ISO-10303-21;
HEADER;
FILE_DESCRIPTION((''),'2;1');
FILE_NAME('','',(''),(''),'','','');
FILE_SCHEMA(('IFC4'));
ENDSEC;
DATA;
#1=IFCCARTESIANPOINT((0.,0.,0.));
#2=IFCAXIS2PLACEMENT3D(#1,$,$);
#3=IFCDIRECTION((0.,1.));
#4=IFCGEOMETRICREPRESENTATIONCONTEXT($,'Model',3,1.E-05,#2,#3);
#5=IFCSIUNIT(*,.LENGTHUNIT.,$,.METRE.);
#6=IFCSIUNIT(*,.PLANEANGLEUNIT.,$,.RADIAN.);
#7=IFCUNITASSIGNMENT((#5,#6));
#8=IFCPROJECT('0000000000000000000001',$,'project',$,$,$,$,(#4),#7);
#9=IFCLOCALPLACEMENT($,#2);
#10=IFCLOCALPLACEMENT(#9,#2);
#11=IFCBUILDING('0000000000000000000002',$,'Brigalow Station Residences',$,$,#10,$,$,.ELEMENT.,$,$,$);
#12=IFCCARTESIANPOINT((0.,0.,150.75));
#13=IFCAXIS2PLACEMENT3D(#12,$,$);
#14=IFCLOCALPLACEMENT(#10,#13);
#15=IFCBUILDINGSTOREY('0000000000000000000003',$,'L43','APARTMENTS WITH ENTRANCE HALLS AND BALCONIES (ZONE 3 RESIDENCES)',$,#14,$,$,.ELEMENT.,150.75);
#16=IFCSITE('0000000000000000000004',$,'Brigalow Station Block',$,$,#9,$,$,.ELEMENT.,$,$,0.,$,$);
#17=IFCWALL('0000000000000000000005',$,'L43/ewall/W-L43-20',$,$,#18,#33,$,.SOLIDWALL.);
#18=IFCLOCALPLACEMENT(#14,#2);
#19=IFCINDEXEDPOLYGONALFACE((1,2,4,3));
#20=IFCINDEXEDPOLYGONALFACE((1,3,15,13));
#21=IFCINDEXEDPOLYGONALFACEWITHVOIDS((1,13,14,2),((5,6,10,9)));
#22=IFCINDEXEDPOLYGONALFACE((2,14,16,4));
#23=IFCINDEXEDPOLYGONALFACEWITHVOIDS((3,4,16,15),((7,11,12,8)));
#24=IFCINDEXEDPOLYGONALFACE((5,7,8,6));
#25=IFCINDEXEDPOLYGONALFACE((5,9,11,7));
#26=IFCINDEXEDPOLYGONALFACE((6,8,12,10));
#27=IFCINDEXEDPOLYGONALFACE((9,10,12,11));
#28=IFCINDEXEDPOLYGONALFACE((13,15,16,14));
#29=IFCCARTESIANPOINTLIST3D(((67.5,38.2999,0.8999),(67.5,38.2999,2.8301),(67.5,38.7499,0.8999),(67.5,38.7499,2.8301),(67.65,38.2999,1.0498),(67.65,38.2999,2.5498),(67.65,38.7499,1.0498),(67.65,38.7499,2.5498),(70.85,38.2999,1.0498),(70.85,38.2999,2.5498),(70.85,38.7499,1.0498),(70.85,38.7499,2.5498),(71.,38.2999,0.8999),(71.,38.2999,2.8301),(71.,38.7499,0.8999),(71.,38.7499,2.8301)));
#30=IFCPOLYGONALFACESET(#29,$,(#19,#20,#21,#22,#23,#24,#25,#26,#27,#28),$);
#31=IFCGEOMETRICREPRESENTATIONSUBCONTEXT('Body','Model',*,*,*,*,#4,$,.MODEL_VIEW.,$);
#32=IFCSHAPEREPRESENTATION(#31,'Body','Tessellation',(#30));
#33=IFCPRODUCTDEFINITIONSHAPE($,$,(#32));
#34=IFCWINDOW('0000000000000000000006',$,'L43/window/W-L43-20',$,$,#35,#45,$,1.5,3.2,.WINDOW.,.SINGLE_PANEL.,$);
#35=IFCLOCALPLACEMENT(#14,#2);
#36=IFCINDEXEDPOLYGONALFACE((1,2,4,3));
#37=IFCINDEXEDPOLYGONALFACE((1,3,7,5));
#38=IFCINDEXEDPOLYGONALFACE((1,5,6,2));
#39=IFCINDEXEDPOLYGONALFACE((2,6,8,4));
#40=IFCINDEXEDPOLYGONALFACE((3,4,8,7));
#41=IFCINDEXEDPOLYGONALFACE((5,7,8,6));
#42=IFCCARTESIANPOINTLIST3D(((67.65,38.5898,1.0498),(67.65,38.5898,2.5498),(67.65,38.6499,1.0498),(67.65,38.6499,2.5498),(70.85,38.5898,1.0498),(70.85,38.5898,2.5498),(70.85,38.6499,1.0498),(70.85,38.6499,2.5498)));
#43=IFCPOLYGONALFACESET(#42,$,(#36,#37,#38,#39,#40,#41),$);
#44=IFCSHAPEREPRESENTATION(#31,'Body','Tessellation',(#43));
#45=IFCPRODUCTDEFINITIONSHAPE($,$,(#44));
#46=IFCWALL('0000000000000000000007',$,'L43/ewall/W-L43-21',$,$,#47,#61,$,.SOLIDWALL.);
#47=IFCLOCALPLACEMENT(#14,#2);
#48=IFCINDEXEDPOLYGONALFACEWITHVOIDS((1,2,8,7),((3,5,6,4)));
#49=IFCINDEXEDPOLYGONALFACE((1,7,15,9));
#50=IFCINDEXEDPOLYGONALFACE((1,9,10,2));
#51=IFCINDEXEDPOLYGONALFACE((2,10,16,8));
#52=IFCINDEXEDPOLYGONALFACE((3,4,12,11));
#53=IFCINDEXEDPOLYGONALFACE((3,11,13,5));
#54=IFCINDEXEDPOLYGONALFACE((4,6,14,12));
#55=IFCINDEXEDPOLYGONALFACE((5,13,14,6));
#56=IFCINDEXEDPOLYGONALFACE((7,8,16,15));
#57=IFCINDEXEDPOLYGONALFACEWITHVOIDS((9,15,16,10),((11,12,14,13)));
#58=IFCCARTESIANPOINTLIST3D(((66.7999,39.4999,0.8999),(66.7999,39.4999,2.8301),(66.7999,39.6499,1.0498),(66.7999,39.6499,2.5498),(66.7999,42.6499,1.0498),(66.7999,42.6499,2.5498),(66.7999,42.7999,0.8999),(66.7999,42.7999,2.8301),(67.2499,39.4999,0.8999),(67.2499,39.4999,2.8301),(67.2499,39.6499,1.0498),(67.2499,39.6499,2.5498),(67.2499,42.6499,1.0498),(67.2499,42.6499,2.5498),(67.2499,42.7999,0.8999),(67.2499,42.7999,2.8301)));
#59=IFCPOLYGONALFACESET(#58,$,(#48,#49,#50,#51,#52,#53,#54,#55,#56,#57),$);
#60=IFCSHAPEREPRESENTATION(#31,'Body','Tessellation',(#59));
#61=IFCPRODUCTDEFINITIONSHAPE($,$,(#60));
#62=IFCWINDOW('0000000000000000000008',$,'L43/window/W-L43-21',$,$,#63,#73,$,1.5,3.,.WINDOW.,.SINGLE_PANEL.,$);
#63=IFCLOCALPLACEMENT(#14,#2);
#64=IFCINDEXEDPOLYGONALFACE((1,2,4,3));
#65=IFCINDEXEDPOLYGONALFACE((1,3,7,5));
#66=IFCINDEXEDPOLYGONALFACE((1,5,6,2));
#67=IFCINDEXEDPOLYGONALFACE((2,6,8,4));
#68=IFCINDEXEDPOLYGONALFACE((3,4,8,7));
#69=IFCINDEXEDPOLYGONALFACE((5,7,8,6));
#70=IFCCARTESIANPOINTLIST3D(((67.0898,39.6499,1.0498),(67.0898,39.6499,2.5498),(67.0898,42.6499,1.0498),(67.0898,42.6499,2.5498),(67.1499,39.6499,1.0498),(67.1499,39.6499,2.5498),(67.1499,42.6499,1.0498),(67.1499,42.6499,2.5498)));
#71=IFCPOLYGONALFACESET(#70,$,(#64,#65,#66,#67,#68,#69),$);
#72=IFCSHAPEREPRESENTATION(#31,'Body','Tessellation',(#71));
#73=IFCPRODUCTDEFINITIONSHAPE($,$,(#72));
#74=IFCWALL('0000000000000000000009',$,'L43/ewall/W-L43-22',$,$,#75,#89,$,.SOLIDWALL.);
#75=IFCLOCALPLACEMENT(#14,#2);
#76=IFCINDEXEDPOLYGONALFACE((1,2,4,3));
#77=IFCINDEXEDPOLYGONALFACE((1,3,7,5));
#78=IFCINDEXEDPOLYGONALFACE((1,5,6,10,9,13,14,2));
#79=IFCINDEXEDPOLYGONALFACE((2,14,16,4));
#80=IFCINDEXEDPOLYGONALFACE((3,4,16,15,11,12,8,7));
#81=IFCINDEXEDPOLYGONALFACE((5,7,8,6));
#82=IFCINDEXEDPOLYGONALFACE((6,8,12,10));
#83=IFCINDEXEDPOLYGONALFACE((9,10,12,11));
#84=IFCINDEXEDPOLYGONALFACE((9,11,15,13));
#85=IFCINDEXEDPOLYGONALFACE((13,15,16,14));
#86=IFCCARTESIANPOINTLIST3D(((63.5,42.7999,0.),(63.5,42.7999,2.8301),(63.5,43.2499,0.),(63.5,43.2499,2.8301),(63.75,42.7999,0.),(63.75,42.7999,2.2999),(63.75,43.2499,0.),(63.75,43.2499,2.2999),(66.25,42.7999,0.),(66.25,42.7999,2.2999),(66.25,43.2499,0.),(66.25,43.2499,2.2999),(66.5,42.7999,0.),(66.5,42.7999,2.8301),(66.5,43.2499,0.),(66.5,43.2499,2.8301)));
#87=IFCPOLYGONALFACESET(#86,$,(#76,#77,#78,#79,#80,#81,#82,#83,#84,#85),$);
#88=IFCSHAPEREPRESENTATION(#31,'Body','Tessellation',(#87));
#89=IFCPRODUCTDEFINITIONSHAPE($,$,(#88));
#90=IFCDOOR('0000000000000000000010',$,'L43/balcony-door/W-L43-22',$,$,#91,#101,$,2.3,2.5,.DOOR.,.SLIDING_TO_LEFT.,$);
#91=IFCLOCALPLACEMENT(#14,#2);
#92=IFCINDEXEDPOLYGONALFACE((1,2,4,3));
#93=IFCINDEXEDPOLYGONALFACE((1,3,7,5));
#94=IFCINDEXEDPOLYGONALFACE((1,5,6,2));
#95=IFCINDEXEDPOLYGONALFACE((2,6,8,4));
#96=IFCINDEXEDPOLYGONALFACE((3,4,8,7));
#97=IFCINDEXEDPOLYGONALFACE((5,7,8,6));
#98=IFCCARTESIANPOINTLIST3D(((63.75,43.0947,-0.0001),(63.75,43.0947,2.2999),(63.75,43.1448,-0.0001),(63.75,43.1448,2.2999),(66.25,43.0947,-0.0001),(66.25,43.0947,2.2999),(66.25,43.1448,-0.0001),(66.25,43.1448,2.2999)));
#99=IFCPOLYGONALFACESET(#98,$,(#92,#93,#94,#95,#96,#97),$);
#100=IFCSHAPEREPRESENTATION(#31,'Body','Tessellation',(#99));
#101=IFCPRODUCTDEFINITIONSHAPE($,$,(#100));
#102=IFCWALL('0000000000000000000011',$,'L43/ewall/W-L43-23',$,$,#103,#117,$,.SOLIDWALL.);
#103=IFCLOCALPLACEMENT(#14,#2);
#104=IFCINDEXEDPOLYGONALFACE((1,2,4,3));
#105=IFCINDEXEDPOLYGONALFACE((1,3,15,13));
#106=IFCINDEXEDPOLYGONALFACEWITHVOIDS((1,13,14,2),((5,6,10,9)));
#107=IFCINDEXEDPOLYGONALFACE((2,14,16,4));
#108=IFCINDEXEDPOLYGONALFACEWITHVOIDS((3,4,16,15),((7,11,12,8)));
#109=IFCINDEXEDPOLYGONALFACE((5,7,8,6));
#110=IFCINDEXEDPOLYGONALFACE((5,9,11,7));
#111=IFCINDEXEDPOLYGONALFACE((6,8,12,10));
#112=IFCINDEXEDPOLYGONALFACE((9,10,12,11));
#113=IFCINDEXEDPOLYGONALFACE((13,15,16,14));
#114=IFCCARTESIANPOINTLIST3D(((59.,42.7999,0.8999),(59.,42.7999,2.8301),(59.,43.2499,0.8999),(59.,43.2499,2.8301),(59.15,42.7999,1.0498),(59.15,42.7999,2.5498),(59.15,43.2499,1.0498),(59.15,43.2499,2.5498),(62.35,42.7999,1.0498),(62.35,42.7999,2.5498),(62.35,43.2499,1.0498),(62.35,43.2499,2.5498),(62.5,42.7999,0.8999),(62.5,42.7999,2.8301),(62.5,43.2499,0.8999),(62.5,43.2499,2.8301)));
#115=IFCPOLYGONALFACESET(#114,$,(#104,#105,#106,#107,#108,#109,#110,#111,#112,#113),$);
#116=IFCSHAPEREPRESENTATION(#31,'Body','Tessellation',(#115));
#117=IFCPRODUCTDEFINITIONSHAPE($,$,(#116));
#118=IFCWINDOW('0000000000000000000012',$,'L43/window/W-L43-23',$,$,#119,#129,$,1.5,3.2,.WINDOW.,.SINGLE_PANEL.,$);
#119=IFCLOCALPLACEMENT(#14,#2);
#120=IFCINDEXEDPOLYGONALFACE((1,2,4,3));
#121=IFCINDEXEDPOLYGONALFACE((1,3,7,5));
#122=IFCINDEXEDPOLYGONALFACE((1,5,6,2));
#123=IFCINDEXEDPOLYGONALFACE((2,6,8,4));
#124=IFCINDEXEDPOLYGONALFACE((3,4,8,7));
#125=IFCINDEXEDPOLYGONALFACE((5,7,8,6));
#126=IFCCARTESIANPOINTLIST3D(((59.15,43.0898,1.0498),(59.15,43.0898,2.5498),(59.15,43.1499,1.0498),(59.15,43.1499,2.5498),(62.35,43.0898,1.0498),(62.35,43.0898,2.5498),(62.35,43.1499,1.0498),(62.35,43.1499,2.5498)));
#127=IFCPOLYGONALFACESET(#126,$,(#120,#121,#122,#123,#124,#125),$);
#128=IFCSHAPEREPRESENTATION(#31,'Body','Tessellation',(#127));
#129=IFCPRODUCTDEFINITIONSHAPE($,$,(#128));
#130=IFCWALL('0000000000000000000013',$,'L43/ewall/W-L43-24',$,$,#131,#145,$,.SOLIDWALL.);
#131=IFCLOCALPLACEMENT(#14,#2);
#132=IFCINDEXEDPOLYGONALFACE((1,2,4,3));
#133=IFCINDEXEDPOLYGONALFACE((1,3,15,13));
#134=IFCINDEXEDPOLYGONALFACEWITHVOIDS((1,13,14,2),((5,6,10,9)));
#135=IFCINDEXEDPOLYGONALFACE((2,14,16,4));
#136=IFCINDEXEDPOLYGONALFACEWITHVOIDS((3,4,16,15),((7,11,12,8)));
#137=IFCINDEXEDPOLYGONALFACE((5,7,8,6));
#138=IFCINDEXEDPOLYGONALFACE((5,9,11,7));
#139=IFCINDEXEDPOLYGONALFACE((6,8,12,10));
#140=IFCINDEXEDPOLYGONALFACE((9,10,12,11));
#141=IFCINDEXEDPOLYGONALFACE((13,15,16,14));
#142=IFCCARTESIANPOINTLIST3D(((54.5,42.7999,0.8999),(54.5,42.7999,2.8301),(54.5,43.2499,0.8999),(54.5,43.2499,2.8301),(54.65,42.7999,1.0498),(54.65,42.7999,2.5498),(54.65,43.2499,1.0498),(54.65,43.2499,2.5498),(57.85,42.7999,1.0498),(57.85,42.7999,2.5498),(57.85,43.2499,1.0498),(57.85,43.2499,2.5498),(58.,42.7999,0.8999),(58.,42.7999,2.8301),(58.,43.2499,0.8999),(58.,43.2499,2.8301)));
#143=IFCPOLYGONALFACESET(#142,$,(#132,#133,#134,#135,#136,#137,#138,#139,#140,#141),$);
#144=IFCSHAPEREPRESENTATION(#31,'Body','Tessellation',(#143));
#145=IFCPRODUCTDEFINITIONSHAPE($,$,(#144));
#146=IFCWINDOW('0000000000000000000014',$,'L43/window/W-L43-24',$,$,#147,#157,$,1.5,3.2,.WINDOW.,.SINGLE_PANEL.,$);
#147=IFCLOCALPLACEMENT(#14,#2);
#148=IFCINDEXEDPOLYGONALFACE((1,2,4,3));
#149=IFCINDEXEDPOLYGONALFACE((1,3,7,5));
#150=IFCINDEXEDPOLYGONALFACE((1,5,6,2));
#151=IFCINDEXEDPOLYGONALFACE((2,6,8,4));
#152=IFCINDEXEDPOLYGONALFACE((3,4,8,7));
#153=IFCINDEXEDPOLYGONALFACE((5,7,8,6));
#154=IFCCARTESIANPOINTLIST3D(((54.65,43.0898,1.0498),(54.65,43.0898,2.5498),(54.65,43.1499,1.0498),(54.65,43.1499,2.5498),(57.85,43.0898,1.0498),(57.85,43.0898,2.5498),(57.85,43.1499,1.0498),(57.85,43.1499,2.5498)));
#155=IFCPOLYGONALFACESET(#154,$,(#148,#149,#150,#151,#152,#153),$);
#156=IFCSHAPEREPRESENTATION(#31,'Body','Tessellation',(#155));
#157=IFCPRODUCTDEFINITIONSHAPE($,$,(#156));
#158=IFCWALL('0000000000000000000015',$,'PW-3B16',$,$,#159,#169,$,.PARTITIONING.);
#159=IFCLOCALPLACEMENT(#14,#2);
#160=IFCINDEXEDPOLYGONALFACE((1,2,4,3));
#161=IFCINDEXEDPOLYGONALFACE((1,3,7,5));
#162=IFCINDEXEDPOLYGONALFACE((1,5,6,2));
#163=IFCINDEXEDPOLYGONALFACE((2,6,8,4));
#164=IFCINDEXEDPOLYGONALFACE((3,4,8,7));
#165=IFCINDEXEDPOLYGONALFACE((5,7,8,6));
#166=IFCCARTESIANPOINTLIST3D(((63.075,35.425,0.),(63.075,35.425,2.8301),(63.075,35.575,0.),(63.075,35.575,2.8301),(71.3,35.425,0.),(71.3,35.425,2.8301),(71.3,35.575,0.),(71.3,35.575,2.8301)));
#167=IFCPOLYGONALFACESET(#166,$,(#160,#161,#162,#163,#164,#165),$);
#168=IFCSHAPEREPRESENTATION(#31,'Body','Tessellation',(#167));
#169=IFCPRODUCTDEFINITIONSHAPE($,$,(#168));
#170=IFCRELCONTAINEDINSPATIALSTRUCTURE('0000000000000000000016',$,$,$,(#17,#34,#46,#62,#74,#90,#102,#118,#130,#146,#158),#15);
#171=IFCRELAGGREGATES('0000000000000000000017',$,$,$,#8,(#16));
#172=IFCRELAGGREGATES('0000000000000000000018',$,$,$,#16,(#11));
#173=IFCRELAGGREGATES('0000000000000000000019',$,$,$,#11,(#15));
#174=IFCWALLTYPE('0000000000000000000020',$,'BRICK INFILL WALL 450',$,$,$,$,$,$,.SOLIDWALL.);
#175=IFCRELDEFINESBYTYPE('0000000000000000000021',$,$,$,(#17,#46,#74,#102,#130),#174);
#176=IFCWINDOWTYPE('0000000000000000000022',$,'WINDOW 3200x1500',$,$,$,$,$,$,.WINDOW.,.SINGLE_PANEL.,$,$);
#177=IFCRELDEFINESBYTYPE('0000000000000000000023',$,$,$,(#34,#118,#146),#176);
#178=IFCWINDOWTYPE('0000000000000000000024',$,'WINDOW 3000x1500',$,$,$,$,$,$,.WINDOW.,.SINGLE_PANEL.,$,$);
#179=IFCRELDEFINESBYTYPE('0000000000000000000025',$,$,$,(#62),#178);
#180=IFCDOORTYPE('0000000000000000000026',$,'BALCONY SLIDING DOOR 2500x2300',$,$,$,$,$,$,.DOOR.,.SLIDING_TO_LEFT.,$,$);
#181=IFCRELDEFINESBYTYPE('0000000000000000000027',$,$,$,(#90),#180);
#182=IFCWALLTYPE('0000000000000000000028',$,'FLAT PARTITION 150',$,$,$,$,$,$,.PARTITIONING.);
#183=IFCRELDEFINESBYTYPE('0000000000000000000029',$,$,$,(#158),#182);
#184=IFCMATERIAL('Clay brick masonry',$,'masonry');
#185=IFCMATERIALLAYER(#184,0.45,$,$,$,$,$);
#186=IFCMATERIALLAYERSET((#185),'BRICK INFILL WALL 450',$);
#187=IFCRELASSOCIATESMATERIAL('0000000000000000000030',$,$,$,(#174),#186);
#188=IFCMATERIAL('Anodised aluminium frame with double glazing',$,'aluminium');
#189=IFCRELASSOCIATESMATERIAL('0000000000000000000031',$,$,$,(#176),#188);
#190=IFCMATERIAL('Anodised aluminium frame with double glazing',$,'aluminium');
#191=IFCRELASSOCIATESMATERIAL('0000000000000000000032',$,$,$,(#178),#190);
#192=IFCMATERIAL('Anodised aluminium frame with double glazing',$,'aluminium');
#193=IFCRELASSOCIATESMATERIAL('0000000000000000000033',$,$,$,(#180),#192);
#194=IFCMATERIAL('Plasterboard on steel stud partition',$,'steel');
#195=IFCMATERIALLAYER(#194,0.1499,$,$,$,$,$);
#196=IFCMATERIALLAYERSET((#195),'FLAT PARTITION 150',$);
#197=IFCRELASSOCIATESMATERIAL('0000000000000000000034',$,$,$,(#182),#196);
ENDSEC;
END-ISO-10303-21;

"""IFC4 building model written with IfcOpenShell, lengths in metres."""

from ifc_helpers import new_model, si_unit, direction, frame, frame_2d, origin, place, context, subcontext, project, spatial, rectangle, extrude, material, layer, layer_set, type_object, element, fill, save


model = new_model("IFC4")

# Units and contexts
model_context = context("Model", 3, precision=1e-05, world=origin(), true_north=direction((0.0, 1.0)))
body_context = subcontext(model_context, "Body", "Model", "MODEL_VIEW")
ifc_project = project(units=[si_unit("LENGTHUNIT", "METRE"), si_unit("PLANEANGLEUNIT", "RADIAN")], contexts=[model_context])

# Site, building, storey
site_placement = place(None, origin())
site = spatial("IfcSite", under=ifc_project, at=site_placement, Name="Brigalow Station Block", CompositionType="ELEMENT", RefElevation=0.0)
building_placement = place(site_placement, origin())
building = spatial("IfcBuilding", under=site, at=building_placement, Name="Brigalow Station Residences", CompositionType="ELEMENT")
storey_placement = place(building_placement, frame((0.0, 0.0, 150.75)))
storey = spatial("IfcBuildingStorey", under=building, at=storey_placement, Name="L43", Description="APARTMENTS WITH ENTRANCE HALLS AND BALCONIES (ZONE 3 RESIDENCES)", CompositionType="ELEMENT", Elevation=150.75)

# Walls, openings, windows
ifc_material_1 = material(Name="Clay brick masonry", Category="masonry")
ifc_layer_1 = layer(ifc_material_1, 0.45)
ifc_layer_set_1 = layer_set([ifc_layer_1], Name="BRICK INFILL WALL 450")
wall_type_1 = type_object("IfcWallType", Name="BRICK INFILL WALL 450", PredefinedType="SOLIDWALL", material=ifc_layer_set_1)
wall_1_placement = place(storey_placement, frame((71.0, 38.5249, 0.8999), z_axis=(0.0, 0.0, 1.0), x_axis=(-1.0, 0.0, 0.0)))
wall_1 = element("IfcWall", 1, at=wall_1_placement, inside=storey, type_object=wall_type_1, Name="L43/ewall/W-L43-20", PredefinedType="SOLIDWALL", context=body_context, shape_type="SweptSolid", body=[
    extrude(rectangle(XDim=3.5, YDim=0.45, at=frame_2d((1.75, 0.0))), origin(), (0.0, 0.0, 1.0), 1.9302),
])
opening_1_placement = place(wall_1_placement, frame((0.1499, 0.0, 0.1499)))
opening_1 = element("IfcOpeningElement", 2, at=opening_1_placement, cuts=wall_1, PredefinedType="OPENING", context=body_context, shape_type="SweptSolid", body=[
    extrude(rectangle(XDim=3.2, YDim=1.5, at=frame_2d((1.6001, 0.75))), frame((0.0, 0.2349, 0.0), z_axis=(0.0, -1.0, 0.0), x_axis=(1.0, 0.0, 0.0)), (0.0, 0.0, 1.0), 0.47),
])
ifc_material_2 = material(Name="Anodised aluminium frame with double glazing", Category="aluminium")
window_type_1 = type_object("IfcWindowType", Name="WINDOW 3200x1500", PartitioningType="SINGLE_PANEL", PredefinedType="WINDOW", material=ifc_material_2)
window_1_placement = place(opening_1_placement, origin())
window_1 = element("IfcWindow", 3, at=window_1_placement, inside=storey, type_object=window_type_1, Name="L43/window/W-L43-20", OverallHeight=1.5, OverallWidth=3.2, PartitioningType="SINGLE_PANEL", PredefinedType="WINDOW", context=body_context, shape_type="SweptSolid", body=[
    extrude(rectangle(XDim=3.2, YDim=1.5, at=frame_2d((1.6001, 0.75))), frame((0.0, -0.0649, 0.0), z_axis=(0.0, -1.0, 0.0), x_axis=(1.0, 0.0, 0.0)), (0.0, 0.0, 1.0), 0.0601),
])
fill(opening_1, window_1)
wall_2_placement = place(storey_placement, frame((67.0249, 39.5, 0.8999), z_axis=(0.0, 0.0, 1.0), x_axis=(0.0, 1.0, 0.0)))
wall_2 = element("IfcWall", 4, at=wall_2_placement, inside=storey, type_object=wall_type_1, Name="L43/ewall/W-L43-21", PredefinedType="SOLIDWALL", context=body_context, shape_type="SweptSolid", body=[
    extrude(rectangle(XDim=3.3, YDim=0.45, at=frame_2d((1.6499, 0.0))), origin(), (0.0, 0.0, 1.0), 1.9302),
])
opening_2_placement = place(wall_2_placement, frame((0.1499, 0.0, 0.1499)))
opening_2 = element("IfcOpeningElement", 5, at=opening_2_placement, cuts=wall_2, PredefinedType="OPENING", context=body_context, shape_type="SweptSolid", body=[
    extrude(rectangle(XDim=3.0, YDim=1.5, at=frame_2d((1.5, 0.75))), frame((0.0, 0.2349, 0.0), z_axis=(0.0, -1.0, 0.0), x_axis=(1.0, 0.0, 0.0)), (0.0, 0.0, 1.0), 0.47),
])
ifc_material_3 = material(Name="Anodised aluminium frame with double glazing", Category="aluminium")
window_type_2 = type_object("IfcWindowType", Name="WINDOW 3000x1500", PartitioningType="SINGLE_PANEL", PredefinedType="WINDOW", material=ifc_material_3)
window_2_placement = place(opening_2_placement, origin())
window_2 = element("IfcWindow", 6, at=window_2_placement, inside=storey, type_object=window_type_2, Name="L43/window/W-L43-21", OverallHeight=1.5, OverallWidth=3.0, PartitioningType="SINGLE_PANEL", PredefinedType="WINDOW", context=body_context, shape_type="SweptSolid", body=[
    extrude(rectangle(XDim=3.0, YDim=1.5, at=frame_2d((1.5, 0.75))), frame((0.0, -0.0649, 0.0), z_axis=(0.0, -1.0, 0.0), x_axis=(1.0, 0.0, 0.0)), (0.0, 0.0, 1.0), 0.0601),
])
fill(opening_2, window_2)

# Wall, opening, door
wall_3_placement = place(storey_placement, frame((66.5, 43.0249, 0.0), z_axis=(0.0, 0.0, 1.0), x_axis=(-1.0, 0.0, 0.0)))
wall_3 = element("IfcWall", 7, at=wall_3_placement, inside=storey, type_object=wall_type_1, Name="L43/ewall/W-L43-22", PredefinedType="SOLIDWALL", context=body_context, shape_type="SweptSolid", body=[
    extrude(rectangle(XDim=3.0, YDim=0.45, at=frame_2d((1.5, 0.0))), origin(), (0.0, 0.0, 1.0), 2.8301),
])
opening_3_placement = place(wall_3_placement, frame((0.25, 0.0, 0.0)))
opening_3 = element("IfcOpeningElement", 8, at=opening_3_placement, cuts=wall_3, PredefinedType="OPENING", context=body_context, shape_type="SweptSolid", body=[
    extrude(rectangle(XDim=2.5, YDim=2.3, at=frame_2d((1.25, 1.1499))), frame((0.0, 0.2349, 0.0), z_axis=(0.0, -1.0, 0.0), x_axis=(1.0, 0.0, 0.0)), (0.0, 0.0, 1.0), 0.47),
])
ifc_material_4 = material(Name="Anodised aluminium frame with double glazing", Category="aluminium")
door_type_1 = type_object("IfcDoorType", Name="BALCONY SLIDING DOOR 2500x2300", OperationType="SLIDING_TO_LEFT", PredefinedType="DOOR", material=ifc_material_4)
door_1_placement = place(opening_3_placement, origin())
door_1 = element("IfcDoor", 9, at=door_1_placement, inside=storey, type_object=door_type_1, Name="L43/balcony-door/W-L43-22", OperationType="SLIDING_TO_LEFT", OverallHeight=2.3, OverallWidth=2.5, PredefinedType="DOOR", context=body_context, shape_type="SweptSolid", body=[
    extrude(rectangle(XDim=2.5, YDim=2.3, at=frame_2d((1.25, 1.1499))), frame((0.0, -0.0698, 0.0), z_axis=(0.0, -1.0, 0.0), x_axis=(1.0, 0.0, 0.0)), (0.0, 0.0, 1.0), 0.05),
])
fill(opening_3, door_1)

# Walls, openings, windows
wall_4_placement = place(storey_placement, frame((62.5, 43.0249, 0.8999), z_axis=(0.0, 0.0, 1.0), x_axis=(-1.0, 0.0, 0.0)))
wall_4 = element("IfcWall", 10, at=wall_4_placement, inside=storey, type_object=wall_type_1, Name="L43/ewall/W-L43-23", PredefinedType="SOLIDWALL", context=body_context, shape_type="SweptSolid", body=[
    extrude(rectangle(XDim=3.5, YDim=0.45, at=frame_2d((1.75, 0.0))), origin(), (0.0, 0.0, 1.0), 1.9302),
])
opening_4_placement = place(wall_4_placement, frame((0.1499, 0.0, 0.1499)))
opening_4 = element("IfcOpeningElement", 11, at=opening_4_placement, cuts=wall_4, PredefinedType="OPENING", context=body_context, shape_type="SweptSolid", body=[
    extrude(rectangle(XDim=3.2, YDim=1.5, at=frame_2d((1.6001, 0.75))), frame((0.0, 0.2349, 0.0), z_axis=(0.0, -1.0, 0.0), x_axis=(1.0, 0.0, 0.0)), (0.0, 0.0, 1.0), 0.47),
])
window_3_placement = place(opening_4_placement, origin())
window_3 = element("IfcWindow", 12, at=window_3_placement, inside=storey, type_object=window_type_1, Name="L43/window/W-L43-23", OverallHeight=1.5, OverallWidth=3.2, PartitioningType="SINGLE_PANEL", PredefinedType="WINDOW", context=body_context, shape_type="SweptSolid", body=[
    extrude(rectangle(XDim=3.2, YDim=1.5, at=frame_2d((1.6001, 0.75))), frame((0.0, -0.0649, 0.0), z_axis=(0.0, -1.0, 0.0), x_axis=(1.0, 0.0, 0.0)), (0.0, 0.0, 1.0), 0.0601),
])
fill(opening_4, window_3)
wall_5_placement = place(storey_placement, frame((58.0, 43.0249, 0.8999), z_axis=(0.0, 0.0, 1.0), x_axis=(-1.0, 0.0, 0.0)))
wall_5 = element("IfcWall", 13, at=wall_5_placement, inside=storey, type_object=wall_type_1, Name="L43/ewall/W-L43-24", PredefinedType="SOLIDWALL", context=body_context, shape_type="SweptSolid", body=[
    extrude(rectangle(XDim=3.5, YDim=0.45, at=frame_2d((1.75, 0.0))), origin(), (0.0, 0.0, 1.0), 1.9302),
])
opening_5_placement = place(wall_5_placement, frame((0.1499, 0.0, 0.1499)))
opening_5 = element("IfcOpeningElement", 14, at=opening_5_placement, cuts=wall_5, PredefinedType="OPENING", context=body_context, shape_type="SweptSolid", body=[
    extrude(rectangle(XDim=3.2, YDim=1.5, at=frame_2d((1.6001, 0.75))), frame((0.0, 0.2349, 0.0), z_axis=(0.0, -1.0, 0.0), x_axis=(1.0, 0.0, 0.0)), (0.0, 0.0, 1.0), 0.47),
])
window_4_placement = place(opening_5_placement, origin())
window_4 = element("IfcWindow", 15, at=window_4_placement, inside=storey, type_object=window_type_1, Name="L43/window/W-L43-24", OverallHeight=1.5, OverallWidth=3.2, PartitioningType="SINGLE_PANEL", PredefinedType="WINDOW", context=body_context, shape_type="SweptSolid", body=[
    extrude(rectangle(XDim=3.2, YDim=1.5, at=frame_2d((1.6001, 0.75))), frame((0.0, -0.0649, 0.0), z_axis=(0.0, -1.0, 0.0), x_axis=(1.0, 0.0, 0.0)), (0.0, 0.0, 1.0), 0.0601),
])
fill(opening_5, window_4)

# Wall
ifc_material_5 = material(Name="Plasterboard on steel stud partition", Category="steel")
ifc_layer_2 = layer(ifc_material_5, 0.1499)
ifc_layer_set_2 = layer_set([ifc_layer_2], Name="FLAT PARTITION 150")
wall_type_2 = type_object("IfcWallType", Name="FLAT PARTITION 150", PredefinedType="PARTITIONING", material=ifc_layer_set_2)
wall_6_placement = place(storey_placement, frame((63.075, 35.5, 0.0), z_axis=(0.0, 0.0, 1.0), x_axis=(1.0, 0.0, 0.0)))
element("IfcWall", 16, at=wall_6_placement, inside=storey, type_object=wall_type_2, Name="PW-3B16", PredefinedType="PARTITIONING", context=body_context, shape_type="SweptSolid", body=[
    extrude(rectangle(XDim=8.2251, YDim=0.1499, at=frame_2d((4.1125, 0.0))), origin(), (0.0, 0.0, 1.0), 2.8301),
])

save(model, "model.ifc")
